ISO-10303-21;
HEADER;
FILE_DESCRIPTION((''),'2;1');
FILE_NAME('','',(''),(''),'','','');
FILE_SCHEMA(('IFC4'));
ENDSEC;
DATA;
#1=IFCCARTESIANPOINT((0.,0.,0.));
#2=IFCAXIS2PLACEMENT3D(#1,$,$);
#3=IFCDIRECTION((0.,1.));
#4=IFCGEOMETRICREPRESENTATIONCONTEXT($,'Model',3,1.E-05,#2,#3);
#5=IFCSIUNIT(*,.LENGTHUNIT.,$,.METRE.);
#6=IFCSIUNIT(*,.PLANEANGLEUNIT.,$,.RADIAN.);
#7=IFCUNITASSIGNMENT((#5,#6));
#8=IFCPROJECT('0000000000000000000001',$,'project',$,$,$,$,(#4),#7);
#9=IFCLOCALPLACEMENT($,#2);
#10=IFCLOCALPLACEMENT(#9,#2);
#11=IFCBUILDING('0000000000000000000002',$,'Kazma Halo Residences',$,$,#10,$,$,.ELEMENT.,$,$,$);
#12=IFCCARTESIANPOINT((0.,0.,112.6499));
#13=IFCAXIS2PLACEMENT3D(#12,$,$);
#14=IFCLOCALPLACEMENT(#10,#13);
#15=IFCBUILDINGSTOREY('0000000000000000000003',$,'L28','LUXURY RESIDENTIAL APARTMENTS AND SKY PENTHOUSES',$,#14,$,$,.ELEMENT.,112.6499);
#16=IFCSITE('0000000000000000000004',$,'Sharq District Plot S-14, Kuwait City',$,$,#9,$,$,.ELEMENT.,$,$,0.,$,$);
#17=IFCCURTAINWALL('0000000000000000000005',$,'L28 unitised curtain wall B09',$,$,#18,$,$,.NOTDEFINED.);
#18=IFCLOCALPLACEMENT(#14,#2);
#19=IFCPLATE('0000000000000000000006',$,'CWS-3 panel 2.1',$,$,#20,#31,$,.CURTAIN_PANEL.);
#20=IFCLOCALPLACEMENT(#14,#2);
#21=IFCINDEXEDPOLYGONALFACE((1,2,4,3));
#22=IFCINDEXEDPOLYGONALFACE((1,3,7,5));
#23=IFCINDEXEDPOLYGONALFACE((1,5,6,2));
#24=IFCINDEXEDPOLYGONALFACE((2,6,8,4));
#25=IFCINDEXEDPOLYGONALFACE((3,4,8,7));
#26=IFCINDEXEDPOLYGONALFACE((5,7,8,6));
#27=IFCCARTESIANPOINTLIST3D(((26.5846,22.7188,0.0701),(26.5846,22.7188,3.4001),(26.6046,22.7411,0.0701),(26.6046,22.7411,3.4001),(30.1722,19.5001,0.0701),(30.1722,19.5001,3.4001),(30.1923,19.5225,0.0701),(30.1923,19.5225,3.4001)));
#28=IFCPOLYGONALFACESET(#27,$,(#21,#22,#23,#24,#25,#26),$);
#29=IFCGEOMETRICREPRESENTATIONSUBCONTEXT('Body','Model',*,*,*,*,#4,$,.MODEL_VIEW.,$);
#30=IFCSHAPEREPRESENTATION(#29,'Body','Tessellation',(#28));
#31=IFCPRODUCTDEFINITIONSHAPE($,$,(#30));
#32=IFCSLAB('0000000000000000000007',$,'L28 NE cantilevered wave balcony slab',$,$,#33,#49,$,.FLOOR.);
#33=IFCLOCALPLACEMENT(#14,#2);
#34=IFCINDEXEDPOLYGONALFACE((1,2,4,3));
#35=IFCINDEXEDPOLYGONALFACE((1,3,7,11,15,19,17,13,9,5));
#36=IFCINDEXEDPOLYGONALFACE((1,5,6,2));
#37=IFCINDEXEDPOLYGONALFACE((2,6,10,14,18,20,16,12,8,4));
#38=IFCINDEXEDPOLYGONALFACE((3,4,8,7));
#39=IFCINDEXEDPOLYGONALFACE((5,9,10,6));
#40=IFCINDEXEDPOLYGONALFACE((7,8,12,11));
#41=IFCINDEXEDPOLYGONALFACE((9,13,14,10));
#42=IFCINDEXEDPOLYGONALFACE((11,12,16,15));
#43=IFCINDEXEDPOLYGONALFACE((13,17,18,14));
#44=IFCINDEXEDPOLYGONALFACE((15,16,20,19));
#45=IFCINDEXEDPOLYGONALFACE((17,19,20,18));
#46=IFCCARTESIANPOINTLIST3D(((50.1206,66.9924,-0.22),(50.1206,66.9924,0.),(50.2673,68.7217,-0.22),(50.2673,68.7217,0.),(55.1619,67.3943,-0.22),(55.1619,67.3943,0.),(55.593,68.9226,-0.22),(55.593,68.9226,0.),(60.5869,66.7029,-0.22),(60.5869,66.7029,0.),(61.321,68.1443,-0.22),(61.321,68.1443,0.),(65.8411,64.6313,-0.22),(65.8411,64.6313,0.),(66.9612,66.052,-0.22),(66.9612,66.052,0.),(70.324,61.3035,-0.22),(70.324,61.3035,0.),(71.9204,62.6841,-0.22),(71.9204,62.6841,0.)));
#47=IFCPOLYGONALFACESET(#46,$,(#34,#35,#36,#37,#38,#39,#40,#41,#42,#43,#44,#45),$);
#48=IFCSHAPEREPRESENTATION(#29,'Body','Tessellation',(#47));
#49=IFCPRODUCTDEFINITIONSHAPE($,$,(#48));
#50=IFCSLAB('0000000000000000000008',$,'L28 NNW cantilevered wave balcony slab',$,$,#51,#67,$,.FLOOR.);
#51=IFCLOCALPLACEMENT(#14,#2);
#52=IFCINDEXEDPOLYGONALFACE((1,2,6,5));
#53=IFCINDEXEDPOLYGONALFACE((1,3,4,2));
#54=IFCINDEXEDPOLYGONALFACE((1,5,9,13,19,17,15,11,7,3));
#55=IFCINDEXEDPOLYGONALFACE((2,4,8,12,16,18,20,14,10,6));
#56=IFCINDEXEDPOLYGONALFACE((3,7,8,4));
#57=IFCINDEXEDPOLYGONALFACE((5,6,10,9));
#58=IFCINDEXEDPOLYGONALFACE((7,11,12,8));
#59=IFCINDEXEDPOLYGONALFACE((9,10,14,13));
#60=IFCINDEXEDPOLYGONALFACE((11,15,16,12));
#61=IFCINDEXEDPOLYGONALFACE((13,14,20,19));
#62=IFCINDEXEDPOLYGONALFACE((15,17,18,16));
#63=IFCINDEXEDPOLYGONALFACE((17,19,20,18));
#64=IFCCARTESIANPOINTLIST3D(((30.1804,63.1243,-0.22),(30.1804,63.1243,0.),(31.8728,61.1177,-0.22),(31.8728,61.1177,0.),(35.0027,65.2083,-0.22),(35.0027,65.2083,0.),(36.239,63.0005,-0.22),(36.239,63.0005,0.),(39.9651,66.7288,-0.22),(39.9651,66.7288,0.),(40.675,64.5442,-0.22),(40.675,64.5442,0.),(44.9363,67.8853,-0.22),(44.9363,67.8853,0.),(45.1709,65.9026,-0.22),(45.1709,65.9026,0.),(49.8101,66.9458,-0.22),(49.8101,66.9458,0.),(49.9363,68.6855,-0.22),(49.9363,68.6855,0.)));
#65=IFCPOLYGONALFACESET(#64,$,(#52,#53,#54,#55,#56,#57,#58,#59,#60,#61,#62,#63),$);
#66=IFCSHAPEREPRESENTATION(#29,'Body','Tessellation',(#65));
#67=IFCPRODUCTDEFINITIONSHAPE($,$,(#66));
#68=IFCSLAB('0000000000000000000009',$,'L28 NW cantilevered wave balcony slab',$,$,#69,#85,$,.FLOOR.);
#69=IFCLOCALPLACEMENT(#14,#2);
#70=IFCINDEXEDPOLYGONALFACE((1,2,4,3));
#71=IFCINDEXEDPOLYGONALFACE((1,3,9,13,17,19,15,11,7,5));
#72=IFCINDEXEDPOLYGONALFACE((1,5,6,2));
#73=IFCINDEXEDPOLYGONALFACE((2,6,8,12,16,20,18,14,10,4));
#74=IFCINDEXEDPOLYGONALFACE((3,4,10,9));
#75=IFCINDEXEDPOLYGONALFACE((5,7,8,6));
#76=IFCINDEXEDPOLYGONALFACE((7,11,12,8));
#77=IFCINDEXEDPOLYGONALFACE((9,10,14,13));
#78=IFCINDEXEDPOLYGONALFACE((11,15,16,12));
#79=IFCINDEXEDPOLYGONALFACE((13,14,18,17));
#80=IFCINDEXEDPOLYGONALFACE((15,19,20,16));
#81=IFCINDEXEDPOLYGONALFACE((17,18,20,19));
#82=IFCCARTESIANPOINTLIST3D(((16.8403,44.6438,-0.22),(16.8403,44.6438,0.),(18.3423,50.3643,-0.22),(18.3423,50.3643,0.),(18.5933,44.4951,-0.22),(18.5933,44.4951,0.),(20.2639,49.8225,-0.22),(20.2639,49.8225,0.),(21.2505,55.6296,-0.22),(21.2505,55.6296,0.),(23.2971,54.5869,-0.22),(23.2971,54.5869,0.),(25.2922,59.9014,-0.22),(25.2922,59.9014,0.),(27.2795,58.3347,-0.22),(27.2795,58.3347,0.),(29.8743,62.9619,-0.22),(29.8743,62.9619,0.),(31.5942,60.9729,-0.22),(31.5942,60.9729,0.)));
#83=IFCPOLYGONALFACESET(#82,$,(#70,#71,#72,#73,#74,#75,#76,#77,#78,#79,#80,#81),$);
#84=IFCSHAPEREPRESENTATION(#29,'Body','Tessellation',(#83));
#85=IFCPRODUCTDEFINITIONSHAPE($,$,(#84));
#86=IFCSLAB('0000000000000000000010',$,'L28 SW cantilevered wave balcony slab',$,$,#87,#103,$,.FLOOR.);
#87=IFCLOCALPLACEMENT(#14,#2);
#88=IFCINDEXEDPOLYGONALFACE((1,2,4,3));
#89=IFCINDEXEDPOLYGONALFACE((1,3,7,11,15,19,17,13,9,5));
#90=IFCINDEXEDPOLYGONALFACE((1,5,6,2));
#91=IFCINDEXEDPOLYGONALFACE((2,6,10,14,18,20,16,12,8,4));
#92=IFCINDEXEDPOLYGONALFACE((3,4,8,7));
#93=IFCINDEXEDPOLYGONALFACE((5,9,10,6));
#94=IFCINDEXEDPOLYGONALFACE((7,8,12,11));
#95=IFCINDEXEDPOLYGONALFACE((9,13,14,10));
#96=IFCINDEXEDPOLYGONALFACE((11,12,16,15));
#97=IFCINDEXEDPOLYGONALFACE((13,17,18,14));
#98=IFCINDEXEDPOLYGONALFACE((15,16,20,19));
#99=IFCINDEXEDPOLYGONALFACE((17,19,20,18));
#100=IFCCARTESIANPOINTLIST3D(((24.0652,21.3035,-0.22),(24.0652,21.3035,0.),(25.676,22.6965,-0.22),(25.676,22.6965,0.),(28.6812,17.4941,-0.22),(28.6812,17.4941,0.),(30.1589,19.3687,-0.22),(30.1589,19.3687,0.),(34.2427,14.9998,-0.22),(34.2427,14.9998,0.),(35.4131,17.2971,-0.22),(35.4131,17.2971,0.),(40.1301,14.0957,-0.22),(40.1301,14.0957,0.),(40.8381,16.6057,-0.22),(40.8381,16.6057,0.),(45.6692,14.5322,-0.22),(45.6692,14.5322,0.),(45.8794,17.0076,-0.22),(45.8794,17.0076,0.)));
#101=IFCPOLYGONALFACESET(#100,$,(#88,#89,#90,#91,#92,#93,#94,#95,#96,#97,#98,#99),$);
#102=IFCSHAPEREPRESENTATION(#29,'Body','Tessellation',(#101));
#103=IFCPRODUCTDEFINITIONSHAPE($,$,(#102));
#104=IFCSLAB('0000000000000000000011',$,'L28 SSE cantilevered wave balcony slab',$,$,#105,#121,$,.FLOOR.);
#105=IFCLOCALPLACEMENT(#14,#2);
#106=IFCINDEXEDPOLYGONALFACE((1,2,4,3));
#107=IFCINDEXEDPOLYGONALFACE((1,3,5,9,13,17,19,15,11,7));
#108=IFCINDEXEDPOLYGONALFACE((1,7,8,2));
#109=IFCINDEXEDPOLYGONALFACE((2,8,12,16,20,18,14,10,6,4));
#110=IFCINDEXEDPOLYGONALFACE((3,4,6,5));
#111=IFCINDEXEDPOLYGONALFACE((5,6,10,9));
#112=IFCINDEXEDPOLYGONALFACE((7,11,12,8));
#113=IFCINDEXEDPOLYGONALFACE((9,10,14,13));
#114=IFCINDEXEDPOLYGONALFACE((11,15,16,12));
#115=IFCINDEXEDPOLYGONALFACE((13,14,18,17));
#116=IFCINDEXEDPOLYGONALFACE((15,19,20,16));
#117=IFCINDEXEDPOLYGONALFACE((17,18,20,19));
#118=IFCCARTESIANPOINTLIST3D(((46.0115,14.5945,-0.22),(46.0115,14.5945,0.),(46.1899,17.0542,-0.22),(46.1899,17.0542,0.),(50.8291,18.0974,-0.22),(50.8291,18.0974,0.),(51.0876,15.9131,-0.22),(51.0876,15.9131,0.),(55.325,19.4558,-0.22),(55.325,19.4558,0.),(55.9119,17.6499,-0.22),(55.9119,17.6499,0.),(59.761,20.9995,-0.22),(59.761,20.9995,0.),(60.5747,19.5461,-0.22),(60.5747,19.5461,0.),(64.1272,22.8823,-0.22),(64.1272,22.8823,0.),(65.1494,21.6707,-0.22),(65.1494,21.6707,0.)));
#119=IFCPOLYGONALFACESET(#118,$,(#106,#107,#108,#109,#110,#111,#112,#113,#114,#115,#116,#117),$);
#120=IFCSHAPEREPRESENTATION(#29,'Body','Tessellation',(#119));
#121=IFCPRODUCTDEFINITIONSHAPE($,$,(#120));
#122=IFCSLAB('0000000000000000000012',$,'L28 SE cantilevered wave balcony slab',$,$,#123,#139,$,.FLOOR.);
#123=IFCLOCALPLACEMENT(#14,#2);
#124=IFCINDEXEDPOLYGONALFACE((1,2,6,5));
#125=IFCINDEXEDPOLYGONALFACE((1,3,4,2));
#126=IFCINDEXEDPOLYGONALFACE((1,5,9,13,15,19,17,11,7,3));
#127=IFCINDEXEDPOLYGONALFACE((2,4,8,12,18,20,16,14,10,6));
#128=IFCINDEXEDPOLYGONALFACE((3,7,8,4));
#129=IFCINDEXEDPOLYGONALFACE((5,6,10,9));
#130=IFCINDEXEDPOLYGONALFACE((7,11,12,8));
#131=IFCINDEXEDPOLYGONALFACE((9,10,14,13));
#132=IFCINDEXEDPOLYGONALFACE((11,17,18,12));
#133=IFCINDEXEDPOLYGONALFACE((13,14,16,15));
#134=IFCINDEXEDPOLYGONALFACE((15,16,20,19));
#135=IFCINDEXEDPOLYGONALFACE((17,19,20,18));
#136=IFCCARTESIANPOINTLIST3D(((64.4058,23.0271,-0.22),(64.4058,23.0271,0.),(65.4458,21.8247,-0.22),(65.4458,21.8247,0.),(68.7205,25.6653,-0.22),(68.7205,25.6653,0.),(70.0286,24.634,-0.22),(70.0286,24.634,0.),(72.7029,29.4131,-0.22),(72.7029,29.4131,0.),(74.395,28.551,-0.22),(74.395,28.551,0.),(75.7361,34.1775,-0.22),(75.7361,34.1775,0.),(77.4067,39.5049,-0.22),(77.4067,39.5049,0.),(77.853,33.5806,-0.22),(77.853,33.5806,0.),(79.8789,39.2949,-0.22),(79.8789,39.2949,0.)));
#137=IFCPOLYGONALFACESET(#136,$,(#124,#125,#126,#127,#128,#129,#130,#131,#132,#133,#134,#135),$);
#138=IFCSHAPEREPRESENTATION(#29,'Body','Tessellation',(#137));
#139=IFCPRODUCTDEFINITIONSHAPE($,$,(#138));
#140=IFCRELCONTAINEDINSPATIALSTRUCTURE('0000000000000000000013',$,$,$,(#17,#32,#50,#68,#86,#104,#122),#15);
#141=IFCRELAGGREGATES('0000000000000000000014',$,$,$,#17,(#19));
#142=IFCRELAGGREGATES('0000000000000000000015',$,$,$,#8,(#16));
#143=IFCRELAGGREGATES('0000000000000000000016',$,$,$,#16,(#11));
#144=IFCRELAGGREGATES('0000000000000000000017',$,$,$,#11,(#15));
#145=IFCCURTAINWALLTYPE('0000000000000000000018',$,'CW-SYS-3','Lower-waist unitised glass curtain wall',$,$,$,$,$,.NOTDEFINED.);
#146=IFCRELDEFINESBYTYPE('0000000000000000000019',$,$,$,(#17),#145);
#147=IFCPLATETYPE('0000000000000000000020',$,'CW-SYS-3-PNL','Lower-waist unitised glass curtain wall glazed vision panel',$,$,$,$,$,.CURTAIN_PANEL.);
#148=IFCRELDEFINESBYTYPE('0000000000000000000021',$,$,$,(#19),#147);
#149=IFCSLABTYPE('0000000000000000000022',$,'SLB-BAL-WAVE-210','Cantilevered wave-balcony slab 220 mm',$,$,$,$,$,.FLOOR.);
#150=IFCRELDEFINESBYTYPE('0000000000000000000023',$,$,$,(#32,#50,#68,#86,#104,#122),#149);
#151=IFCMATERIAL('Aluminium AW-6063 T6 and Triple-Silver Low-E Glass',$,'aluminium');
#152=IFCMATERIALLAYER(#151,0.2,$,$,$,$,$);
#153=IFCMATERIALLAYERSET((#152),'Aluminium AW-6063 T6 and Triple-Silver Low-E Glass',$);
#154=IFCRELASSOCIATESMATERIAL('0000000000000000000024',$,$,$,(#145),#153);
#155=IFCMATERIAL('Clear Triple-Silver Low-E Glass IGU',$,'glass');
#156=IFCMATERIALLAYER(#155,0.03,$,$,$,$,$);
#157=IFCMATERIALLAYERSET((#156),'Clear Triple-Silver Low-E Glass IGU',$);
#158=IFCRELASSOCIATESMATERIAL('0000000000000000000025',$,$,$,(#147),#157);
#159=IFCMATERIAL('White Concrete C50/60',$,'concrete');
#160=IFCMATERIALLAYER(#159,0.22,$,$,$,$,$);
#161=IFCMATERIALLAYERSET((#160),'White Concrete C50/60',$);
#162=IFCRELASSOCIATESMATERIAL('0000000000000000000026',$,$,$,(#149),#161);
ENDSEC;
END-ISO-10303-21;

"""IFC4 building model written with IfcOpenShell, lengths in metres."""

from ifc_helpers import new_model, si_unit, direction, frame, origin, origin_2d, place, context, subcontext, project, spatial, polyline, rectangle, outline, extrude, material, layer, layer_set, type_object, element, aggregate, save


model = new_model("IFC4")

# Units and contexts
model_context = context("Model", 3, precision=1e-05, world=origin(), true_north=direction((0.0, 1.0)))
body_context = subcontext(model_context, "Body", "Model", "MODEL_VIEW")
ifc_project = project(units=[si_unit("LENGTHUNIT", "METRE"), si_unit("PLANEANGLEUNIT", "RADIAN")], contexts=[model_context])

# Site, building, storey
site_placement = place(None, origin())
site = spatial("IfcSite", under=ifc_project, at=site_placement, Name="Sharq District Plot S-14, Kuwait City", CompositionType="ELEMENT", RefElevation=0.0)
building_placement = place(site_placement, origin())
building = spatial("IfcBuilding", under=site, at=building_placement, Name="Kazma Halo Residences", CompositionType="ELEMENT")
storey_placement = place(building_placement, frame((0.0, 0.0, 112.6499)))
storey = spatial("IfcBuildingStorey", under=building, at=storey_placement, Name="L28", Description="LUXURY RESIDENTIAL APARTMENTS AND SKY PENTHOUSES", CompositionType="ELEMENT", Elevation=112.6499)

# Curtain wall, plate
ifc_material_1 = material(Name="Aluminium AW-6063 T6 and Triple-Silver Low-E Glass", Category="aluminium")
ifc_layer_1 = layer(ifc_material_1, 0.2)
ifc_layer_set_1 = layer_set([ifc_layer_1], Name="Aluminium AW-6063 T6 and Triple-Silver Low-E Glass")
curtain_wall_type = type_object("IfcCurtainWallType", Name="CW-SYS-3", Description="Lower-waist unitised glass curtain wall", PredefinedType="NOTDEFINED", material=ifc_layer_set_1)
curtain_wall_placement = place(storey_placement, origin())
curtain_wall = element("IfcCurtainWall", 1, at=curtain_wall_placement, inside=storey, type_object=curtain_wall_type, Name="L28 unitised curtain wall B09", PredefinedType="NOTDEFINED")
ifc_material_2 = material(Name="Clear Triple-Silver Low-E Glass IGU", Category="glass")
ifc_layer_2 = layer(ifc_material_2, 0.03)
ifc_layer_set_2 = layer_set([ifc_layer_2], Name="Clear Triple-Silver Low-E Glass IGU")
plate_type = type_object("IfcPlateType", Name="CW-SYS-3-PNL", Description="Lower-waist unitised glass curtain wall glazed vision panel", PredefinedType="CURTAIN_PANEL", material=ifc_layer_set_2)
plate_1_placement = place(storey_placement, frame((28.3884, 21.1206, 0.0701), z_axis=(0.0, 0.0, 1.0), x_axis=(0.744345, -0.667795, 0.0)))
plate_1 = element("IfcPlate", 2, at=plate_1_placement, type_object=plate_type, Name="CWS-3 panel 2.1", PredefinedType="CURTAIN_PANEL", context=body_context, shape_type="SweptSolid", body=[
    extrude(rectangle(XDim=4.8198, YDim=0.03, at=origin_2d()), origin(), (0.0, 0.0, 1.0), 3.3301),
])
aggregate(curtain_wall, [plate_1])

# Slabs
ifc_material_3 = material(Name="White Concrete C50/60", Category="concrete")
ifc_layer_3 = layer(ifc_material_3, 0.22)
ifc_layer_set_3 = layer_set([ifc_layer_3], Name="White Concrete C50/60")
slab_type_1 = type_object("IfcSlabType", Name="SLB-BAL-WAVE-210", Description="Cantilevered wave-balcony slab 220 mm", PredefinedType="FLOOR", material=ifc_layer_set_3)
slab_1_placement = place(storey_placement, frame((0.0, 0.0, -0.22)))
element("IfcSlab", 3, at=slab_1_placement, inside=storey, type_object=slab_type_1, Name="L28 NE cantilevered wave balcony slab", PredefinedType="FLOOR", context=body_context, shape_type="SweptSolid", body=[
    extrude(outline(polyline([(70.324, 61.3035), (65.8411, 64.6313), (60.5869, 66.7029), (55.1619, 67.3943), (50.1206, 66.9924), (50.2673, 68.7217), (55.593, 68.9226), (61.321, 68.1443), (66.9612, 66.052), (71.9204, 62.6841), (70.324, 61.3035)])), origin(), (0.0, 0.0, 1.0), 0.22),
])
slab_2_placement = place(storey_placement, frame((0.0, 0.0, -0.22)))
element("IfcSlab", 4, at=slab_2_placement, inside=storey, type_object=slab_type_1, Name="L28 NNW cantilevered wave balcony slab", PredefinedType="FLOOR", context=body_context, shape_type="SweptSolid", body=[
    extrude(outline(polyline([(49.8101, 66.9458), (45.1709, 65.9026), (40.675, 64.5442), (36.239, 63.0005), (31.8728, 61.1177), (30.1804, 63.1243), (35.0027, 65.2083), (39.9651, 66.7288), (44.9363, 67.8853), (49.9363, 68.6855), (49.8101, 66.9458)])), origin(), (0.0, 0.0, 1.0), 0.22),
])
slab_3_placement = place(storey_placement, frame((0.0, 0.0, -0.22)))
element("IfcSlab", 5, at=slab_3_placement, inside=storey, type_object=slab_type_1, Name="L28 NW cantilevered wave balcony slab", PredefinedType="FLOOR", context=body_context, shape_type="SweptSolid", body=[
    extrude(outline(polyline([(31.5942, 60.9729), (27.2795, 58.3347), (23.2971, 54.5869), (20.2639, 49.8225), (18.5933, 44.4951), (16.8403, 44.6438), (18.3423, 50.3643), (21.2505, 55.6296), (25.2922, 59.9014), (29.8743, 62.9619), (31.5942, 60.9729)])), origin(), (0.0, 0.0, 1.0), 0.22),
])
slab_4_placement = place(storey_placement, frame((0.0, 0.0, -0.22)))
element("IfcSlab", 6, at=slab_4_placement, inside=storey, type_object=slab_type_1, Name="L28 SW cantilevered wave balcony slab", PredefinedType="FLOOR", context=body_context, shape_type="SweptSolid", body=[
    extrude(outline(polyline([(25.676, 22.6965), (30.1589, 19.3687), (35.4131, 17.2971), (40.8381, 16.6057), (45.8794, 17.0076), (45.6692, 14.5322), (40.1301, 14.0957), (34.2427, 14.9998), (28.6812, 17.4941), (24.0652, 21.3035), (25.676, 22.6965)])), origin(), (0.0, 0.0, 1.0), 0.22),
])
slab_5_placement = place(storey_placement, frame((0.0, 0.0, -0.22)))
element("IfcSlab", 7, at=slab_5_placement, inside=storey, type_object=slab_type_1, Name="L28 SSE cantilevered wave balcony slab", PredefinedType="FLOOR", context=body_context, shape_type="SweptSolid", body=[
    extrude(outline(polyline([(46.1899, 17.0542), (50.8291, 18.0974), (55.325, 19.4558), (59.761, 20.9995), (64.1272, 22.8823), (65.1494, 21.6707), (60.5747, 19.5461), (55.9119, 17.6499), (51.0876, 15.9131), (46.0115, 14.5945), (46.1899, 17.0542)])), origin(), (0.0, 0.0, 1.0), 0.22),
])
slab_6_placement = place(storey_placement, frame((0.0, 0.0, -0.22)))
element("IfcSlab", 8, at=slab_6_placement, inside=storey, type_object=slab_type_1, Name="L28 SE cantilevered wave balcony slab", PredefinedType="FLOOR", context=body_context, shape_type="SweptSolid", body=[
    extrude(outline(polyline([(64.4058, 23.0271), (68.7205, 25.6653), (72.7029, 29.4131), (75.7361, 34.1775), (77.4067, 39.5049), (79.8789, 39.2949), (77.853, 33.5806), (74.395, 28.551), (70.0286, 24.634), (65.4458, 21.8247), (64.4058, 23.0271)])), origin(), (0.0, 0.0, 1.0), 0.22),
])

save(model, "model.ifc")
